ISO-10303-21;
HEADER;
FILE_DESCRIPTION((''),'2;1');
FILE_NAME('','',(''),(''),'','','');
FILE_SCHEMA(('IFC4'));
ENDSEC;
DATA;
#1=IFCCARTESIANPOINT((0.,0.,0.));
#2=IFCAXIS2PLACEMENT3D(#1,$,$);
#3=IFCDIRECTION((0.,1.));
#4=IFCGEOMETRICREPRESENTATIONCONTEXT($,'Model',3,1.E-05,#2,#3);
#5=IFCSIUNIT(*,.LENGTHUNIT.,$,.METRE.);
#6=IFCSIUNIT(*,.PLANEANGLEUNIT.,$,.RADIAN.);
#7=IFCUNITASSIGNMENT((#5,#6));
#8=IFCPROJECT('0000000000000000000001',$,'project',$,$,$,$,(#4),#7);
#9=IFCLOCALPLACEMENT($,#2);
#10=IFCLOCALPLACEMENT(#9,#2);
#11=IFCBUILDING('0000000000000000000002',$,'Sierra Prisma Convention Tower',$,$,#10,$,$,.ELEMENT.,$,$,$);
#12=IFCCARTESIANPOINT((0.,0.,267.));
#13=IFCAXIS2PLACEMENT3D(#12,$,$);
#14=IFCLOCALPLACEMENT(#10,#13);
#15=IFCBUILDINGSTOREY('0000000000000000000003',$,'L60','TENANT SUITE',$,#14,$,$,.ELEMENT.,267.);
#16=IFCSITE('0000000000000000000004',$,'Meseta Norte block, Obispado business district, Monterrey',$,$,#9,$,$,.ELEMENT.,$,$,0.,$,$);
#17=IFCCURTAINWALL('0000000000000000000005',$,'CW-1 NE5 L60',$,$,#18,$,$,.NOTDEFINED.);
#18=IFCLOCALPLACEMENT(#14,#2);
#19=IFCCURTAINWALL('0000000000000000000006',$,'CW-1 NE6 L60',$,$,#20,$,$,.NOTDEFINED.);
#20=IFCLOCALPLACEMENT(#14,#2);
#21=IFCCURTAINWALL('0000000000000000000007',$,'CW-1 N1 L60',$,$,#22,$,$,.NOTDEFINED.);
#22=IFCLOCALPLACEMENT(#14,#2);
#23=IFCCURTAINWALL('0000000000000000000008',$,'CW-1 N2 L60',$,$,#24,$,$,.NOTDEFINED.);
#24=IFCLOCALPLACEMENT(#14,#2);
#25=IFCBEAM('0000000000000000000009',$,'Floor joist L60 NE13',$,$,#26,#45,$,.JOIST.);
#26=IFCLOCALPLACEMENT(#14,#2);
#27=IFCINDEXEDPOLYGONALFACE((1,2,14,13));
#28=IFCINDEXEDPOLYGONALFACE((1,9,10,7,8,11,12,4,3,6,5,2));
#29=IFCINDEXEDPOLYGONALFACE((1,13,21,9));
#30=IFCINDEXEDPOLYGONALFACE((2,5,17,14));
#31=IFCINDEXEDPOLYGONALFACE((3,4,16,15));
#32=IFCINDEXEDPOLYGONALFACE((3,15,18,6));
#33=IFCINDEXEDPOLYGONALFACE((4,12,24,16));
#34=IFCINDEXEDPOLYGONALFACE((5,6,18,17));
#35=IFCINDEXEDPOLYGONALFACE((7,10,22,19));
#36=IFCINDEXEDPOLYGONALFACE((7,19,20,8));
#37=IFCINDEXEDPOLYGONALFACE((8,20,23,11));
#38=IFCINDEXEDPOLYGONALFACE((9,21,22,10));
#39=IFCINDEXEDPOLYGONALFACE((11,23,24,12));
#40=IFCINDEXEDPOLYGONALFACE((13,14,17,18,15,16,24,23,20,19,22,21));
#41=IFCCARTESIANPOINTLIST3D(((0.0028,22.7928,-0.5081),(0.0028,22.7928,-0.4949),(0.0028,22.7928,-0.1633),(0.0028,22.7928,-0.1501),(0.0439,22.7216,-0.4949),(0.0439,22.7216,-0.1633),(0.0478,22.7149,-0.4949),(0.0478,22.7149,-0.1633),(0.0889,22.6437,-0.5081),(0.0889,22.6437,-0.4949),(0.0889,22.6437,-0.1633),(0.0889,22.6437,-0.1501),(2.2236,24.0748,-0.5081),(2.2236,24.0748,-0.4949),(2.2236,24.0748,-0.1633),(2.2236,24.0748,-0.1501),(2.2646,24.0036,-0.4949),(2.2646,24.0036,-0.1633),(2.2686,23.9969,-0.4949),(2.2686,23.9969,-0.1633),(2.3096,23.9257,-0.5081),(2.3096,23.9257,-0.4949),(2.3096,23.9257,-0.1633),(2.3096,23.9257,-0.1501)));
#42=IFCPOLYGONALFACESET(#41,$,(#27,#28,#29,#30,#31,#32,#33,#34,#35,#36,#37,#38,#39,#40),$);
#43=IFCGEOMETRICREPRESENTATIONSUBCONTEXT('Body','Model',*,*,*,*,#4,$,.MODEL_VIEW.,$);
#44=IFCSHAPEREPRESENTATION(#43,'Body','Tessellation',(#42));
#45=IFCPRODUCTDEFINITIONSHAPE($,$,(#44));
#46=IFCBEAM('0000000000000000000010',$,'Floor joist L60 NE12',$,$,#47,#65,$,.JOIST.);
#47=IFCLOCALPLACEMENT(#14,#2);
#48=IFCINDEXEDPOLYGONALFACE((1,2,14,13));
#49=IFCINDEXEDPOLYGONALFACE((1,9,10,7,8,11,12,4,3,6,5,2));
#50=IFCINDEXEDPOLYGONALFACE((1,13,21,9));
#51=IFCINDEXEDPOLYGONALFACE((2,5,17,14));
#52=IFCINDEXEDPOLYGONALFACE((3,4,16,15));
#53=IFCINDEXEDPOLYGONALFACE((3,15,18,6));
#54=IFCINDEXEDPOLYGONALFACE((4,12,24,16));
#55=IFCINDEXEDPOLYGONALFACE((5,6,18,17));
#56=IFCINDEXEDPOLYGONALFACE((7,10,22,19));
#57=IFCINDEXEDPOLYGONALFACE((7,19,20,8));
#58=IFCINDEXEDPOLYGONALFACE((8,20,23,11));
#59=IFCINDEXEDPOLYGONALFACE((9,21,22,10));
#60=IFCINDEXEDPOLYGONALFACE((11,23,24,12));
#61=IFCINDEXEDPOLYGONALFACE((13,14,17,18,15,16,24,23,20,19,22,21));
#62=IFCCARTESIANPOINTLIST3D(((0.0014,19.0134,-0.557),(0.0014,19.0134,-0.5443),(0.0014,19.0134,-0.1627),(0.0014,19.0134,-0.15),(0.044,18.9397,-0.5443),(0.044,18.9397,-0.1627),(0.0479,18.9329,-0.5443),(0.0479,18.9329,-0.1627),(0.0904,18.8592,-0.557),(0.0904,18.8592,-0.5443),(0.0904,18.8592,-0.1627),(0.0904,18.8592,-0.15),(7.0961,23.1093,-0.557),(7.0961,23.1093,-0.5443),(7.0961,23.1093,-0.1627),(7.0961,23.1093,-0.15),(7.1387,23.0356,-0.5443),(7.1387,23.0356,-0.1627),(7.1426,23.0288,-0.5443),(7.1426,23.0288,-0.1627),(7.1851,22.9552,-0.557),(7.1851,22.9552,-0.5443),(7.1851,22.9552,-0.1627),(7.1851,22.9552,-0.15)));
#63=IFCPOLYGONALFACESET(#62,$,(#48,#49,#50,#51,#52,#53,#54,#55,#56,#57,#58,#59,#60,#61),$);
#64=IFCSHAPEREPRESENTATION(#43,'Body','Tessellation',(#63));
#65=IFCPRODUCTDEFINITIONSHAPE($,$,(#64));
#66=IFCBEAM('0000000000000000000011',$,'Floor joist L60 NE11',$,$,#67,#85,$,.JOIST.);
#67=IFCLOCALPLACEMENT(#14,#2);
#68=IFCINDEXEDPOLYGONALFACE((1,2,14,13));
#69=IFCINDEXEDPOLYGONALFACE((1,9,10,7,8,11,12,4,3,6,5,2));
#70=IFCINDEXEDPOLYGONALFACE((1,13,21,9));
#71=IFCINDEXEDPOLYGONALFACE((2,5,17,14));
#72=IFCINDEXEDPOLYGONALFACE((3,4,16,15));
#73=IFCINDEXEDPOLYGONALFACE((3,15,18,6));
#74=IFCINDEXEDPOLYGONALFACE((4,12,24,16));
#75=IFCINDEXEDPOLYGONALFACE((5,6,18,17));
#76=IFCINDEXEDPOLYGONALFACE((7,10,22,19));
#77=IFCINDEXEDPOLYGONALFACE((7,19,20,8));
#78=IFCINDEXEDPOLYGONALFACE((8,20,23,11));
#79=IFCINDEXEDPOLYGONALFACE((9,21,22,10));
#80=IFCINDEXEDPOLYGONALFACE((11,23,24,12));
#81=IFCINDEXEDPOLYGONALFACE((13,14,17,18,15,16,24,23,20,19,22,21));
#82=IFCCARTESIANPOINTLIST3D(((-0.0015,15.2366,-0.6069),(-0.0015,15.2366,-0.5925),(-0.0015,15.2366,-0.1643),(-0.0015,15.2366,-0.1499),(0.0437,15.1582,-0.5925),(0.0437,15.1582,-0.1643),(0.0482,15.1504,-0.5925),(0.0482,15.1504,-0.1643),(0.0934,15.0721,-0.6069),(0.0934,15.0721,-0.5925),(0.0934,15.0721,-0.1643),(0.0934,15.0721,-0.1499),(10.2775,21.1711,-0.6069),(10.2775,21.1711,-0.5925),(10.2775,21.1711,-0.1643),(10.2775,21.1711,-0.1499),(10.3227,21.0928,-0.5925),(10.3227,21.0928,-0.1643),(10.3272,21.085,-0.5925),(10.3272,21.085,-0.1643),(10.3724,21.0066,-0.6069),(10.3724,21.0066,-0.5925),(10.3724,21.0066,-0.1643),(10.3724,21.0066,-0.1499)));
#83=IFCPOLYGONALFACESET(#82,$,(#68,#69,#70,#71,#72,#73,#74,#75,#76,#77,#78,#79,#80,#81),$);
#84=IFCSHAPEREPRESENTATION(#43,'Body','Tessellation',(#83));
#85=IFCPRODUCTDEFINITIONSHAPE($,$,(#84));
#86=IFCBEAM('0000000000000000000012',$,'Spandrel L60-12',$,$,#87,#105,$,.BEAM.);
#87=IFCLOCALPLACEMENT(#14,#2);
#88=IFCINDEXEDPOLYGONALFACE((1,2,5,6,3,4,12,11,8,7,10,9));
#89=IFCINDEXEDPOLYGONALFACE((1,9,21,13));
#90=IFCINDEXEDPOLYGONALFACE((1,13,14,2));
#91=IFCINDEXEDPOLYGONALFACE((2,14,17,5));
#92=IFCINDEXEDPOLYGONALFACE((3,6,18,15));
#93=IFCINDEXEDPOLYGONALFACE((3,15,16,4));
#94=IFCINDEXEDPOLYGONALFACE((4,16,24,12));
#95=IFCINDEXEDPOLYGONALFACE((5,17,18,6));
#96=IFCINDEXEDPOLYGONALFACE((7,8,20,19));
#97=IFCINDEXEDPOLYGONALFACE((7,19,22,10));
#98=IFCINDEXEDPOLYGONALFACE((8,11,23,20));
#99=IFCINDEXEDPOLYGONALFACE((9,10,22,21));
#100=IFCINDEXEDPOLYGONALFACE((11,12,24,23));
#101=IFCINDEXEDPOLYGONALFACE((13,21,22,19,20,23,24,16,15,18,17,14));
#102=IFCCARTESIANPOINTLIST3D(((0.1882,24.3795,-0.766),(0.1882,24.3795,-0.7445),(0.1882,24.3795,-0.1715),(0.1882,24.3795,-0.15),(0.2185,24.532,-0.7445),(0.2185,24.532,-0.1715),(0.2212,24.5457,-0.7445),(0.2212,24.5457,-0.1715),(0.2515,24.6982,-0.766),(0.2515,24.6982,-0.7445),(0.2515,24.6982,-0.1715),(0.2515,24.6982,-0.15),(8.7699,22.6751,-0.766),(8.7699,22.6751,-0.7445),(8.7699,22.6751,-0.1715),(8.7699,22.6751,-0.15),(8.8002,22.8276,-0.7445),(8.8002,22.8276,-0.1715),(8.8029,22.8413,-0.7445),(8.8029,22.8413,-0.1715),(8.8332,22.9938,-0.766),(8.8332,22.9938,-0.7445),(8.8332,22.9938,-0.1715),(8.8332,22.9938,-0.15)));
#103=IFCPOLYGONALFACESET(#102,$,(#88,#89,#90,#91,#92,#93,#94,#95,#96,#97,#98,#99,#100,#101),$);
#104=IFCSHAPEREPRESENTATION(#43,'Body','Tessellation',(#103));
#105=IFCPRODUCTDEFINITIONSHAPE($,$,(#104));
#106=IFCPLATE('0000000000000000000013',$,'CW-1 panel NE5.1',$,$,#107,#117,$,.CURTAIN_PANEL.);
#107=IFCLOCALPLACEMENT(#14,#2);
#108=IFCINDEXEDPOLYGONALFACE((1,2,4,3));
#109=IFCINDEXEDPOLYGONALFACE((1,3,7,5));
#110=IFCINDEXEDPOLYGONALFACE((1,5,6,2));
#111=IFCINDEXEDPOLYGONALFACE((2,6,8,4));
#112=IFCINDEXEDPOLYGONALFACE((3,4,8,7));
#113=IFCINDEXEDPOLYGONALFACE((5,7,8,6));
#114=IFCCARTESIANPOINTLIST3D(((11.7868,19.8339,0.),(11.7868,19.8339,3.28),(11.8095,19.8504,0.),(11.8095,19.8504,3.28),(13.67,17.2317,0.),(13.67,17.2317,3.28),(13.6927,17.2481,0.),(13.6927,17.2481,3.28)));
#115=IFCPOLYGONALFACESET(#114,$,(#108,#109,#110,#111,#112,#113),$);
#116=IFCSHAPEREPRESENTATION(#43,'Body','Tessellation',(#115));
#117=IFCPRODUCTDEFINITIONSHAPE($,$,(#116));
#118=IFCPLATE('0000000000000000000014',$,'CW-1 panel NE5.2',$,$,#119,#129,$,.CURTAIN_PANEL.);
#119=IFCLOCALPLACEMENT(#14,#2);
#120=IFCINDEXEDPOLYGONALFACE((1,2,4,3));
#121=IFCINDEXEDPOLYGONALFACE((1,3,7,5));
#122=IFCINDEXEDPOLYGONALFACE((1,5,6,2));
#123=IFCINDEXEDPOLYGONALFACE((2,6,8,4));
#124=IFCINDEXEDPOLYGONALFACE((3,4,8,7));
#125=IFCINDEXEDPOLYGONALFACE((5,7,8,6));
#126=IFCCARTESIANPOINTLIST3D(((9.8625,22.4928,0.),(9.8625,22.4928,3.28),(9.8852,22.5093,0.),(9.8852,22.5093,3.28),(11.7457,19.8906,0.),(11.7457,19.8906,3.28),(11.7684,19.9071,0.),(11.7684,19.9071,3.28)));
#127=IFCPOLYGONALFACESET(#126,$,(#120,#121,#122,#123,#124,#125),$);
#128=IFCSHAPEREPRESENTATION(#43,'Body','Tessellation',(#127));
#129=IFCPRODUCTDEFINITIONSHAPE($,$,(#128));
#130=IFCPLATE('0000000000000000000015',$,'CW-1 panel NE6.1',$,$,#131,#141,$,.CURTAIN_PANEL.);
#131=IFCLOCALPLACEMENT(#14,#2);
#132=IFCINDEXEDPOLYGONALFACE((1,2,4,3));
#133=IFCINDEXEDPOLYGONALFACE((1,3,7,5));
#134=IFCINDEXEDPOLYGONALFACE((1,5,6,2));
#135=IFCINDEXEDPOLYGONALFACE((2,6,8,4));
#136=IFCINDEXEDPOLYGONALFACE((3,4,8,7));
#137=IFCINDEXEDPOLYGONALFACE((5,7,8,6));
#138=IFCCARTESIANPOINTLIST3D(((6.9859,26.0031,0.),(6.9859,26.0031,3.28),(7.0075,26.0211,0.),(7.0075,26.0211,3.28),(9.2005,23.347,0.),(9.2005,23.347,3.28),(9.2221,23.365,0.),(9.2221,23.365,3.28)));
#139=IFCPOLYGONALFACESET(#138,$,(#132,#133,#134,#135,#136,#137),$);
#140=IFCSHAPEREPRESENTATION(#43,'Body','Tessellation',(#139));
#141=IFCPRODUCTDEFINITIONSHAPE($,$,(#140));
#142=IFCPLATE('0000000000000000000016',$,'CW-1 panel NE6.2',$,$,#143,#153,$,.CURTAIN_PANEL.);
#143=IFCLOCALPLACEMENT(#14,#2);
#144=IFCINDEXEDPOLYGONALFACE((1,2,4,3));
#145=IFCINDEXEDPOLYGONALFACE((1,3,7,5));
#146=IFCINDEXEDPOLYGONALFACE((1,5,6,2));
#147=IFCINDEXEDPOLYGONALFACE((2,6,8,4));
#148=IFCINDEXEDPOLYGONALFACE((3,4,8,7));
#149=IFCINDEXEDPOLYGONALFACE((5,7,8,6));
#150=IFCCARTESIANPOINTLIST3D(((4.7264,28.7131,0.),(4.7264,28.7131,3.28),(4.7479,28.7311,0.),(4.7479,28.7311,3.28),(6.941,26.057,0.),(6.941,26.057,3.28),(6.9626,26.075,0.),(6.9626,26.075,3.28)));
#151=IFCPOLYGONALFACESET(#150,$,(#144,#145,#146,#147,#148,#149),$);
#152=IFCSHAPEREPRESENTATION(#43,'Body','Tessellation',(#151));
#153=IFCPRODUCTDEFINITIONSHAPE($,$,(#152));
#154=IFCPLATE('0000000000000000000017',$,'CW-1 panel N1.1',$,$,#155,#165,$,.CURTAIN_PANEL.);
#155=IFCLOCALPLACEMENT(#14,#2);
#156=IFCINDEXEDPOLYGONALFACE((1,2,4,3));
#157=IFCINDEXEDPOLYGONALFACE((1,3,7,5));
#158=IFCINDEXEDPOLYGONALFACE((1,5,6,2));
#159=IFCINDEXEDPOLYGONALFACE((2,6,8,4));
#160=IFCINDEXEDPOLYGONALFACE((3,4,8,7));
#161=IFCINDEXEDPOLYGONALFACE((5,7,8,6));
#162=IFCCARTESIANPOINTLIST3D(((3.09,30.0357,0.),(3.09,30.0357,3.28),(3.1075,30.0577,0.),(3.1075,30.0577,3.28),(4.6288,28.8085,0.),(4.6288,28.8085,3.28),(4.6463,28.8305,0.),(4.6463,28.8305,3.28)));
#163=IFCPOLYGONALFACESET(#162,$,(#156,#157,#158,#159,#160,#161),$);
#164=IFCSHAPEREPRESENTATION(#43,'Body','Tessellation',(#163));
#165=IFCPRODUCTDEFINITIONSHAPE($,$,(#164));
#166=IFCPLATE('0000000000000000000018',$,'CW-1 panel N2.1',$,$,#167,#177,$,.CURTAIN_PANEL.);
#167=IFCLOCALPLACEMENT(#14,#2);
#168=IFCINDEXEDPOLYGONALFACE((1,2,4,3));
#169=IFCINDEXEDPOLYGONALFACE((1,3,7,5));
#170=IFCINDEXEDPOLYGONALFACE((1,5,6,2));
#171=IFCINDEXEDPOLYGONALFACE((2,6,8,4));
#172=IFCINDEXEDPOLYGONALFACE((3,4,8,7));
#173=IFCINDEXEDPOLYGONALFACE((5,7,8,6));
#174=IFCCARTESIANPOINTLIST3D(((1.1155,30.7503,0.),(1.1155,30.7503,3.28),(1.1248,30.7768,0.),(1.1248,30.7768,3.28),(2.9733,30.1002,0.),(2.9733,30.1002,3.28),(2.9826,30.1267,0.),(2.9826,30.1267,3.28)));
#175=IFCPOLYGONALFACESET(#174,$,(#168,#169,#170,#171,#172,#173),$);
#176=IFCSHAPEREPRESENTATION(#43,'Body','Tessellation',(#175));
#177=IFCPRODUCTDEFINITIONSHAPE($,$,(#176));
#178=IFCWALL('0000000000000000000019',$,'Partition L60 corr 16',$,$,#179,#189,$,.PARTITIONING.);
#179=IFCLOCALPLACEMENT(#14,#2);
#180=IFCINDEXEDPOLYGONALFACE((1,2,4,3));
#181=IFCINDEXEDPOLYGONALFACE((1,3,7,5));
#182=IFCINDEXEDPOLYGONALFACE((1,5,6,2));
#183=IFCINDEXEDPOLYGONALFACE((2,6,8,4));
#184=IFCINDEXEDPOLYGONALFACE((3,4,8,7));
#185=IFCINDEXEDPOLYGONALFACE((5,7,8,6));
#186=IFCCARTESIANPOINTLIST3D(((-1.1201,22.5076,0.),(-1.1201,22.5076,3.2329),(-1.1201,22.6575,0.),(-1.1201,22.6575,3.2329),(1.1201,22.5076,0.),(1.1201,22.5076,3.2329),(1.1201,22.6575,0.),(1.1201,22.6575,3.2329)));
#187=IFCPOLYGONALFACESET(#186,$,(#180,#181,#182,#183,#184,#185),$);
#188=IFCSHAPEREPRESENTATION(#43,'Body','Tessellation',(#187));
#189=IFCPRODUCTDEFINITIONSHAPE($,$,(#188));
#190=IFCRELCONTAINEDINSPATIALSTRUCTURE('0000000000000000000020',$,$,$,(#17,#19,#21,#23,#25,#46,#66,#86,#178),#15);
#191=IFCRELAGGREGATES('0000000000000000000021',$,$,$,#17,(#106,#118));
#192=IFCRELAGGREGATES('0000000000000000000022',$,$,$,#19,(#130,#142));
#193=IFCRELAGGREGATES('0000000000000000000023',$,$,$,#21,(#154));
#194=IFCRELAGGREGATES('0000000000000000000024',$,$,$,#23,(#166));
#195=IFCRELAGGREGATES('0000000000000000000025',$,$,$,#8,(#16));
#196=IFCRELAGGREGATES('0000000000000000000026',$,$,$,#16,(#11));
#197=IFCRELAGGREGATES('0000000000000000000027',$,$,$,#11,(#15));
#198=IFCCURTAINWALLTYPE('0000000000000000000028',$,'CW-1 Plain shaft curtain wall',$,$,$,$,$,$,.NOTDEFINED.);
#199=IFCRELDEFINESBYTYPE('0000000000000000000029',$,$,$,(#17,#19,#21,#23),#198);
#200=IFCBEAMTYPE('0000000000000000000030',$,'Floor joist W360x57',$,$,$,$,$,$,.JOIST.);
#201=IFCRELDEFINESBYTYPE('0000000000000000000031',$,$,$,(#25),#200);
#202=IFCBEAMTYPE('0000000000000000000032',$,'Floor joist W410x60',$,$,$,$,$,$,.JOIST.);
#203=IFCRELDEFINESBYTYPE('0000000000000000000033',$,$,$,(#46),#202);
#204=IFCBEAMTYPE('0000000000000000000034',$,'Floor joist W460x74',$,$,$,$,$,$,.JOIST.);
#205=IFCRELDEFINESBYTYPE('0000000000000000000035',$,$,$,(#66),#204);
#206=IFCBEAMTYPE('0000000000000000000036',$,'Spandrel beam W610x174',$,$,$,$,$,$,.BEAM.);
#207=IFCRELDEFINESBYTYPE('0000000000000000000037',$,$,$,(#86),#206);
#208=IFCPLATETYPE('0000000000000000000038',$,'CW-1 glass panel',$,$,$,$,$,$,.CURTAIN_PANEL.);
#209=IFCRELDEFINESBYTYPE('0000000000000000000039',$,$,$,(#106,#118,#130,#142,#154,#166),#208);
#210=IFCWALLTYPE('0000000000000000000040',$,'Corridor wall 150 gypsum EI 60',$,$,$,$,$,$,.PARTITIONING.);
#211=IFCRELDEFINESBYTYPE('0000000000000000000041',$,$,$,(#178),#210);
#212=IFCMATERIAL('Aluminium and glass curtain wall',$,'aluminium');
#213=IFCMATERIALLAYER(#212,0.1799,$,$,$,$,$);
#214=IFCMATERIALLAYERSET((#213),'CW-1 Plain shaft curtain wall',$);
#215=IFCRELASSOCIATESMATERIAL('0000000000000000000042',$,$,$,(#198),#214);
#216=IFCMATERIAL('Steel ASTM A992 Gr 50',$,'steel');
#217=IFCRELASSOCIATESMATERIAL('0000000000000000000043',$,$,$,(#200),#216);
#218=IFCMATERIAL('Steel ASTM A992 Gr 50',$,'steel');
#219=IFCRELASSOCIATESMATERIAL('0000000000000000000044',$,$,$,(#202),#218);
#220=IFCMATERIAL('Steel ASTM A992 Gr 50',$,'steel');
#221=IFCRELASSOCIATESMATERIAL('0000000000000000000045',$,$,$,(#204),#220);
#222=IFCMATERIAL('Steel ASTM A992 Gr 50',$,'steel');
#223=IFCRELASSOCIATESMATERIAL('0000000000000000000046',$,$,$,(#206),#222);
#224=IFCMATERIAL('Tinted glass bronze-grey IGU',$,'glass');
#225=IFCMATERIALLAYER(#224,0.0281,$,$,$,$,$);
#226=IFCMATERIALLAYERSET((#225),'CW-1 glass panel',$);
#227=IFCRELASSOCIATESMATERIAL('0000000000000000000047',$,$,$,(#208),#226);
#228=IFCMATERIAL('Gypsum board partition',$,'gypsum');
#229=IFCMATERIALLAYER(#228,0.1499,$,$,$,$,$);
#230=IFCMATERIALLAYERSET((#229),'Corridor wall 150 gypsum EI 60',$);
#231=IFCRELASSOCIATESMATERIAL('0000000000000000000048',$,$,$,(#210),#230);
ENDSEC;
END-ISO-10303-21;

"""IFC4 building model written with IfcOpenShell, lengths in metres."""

from ifc_helpers import new_model, si_unit, direction, frame, frame_2d, origin, origin_2d, place, context, subcontext, project, spatial, rectangle, i_section, extrude, material, layer, layer_set, material_profile, profile_set, type_object, element, aggregate, save


model = new_model("IFC4")

# Units and contexts
model_context = context("Model", 3, precision=1e-05, world=origin(), true_north=direction((0.0, 1.0)))
body_context = subcontext(model_context, "Body", "Model", "MODEL_VIEW")
ifc_project = project(units=[si_unit("LENGTHUNIT", "METRE"), si_unit("PLANEANGLEUNIT", "RADIAN")], contexts=[model_context])

# Site, building, storey
site_placement = place(None, origin())
site = spatial("IfcSite", under=ifc_project, at=site_placement, Name="Meseta Norte block, Obispado business district, Monterrey", CompositionType="ELEMENT", RefElevation=0.0)
building_placement = place(site_placement, origin())
building = spatial("IfcBuilding", under=site, at=building_placement, Name="Sierra Prisma Convention Tower", CompositionType="ELEMENT")
storey_placement = place(building_placement, frame((0.0, 0.0, 267.0)))
storey = spatial("IfcBuildingStorey", under=building, at=storey_placement, Name="L60", Description="TENANT SUITE", CompositionType="ELEMENT", Elevation=267.0)

# Curtain wall
ifc_material_1 = material(Name="Aluminium and glass curtain wall", Category="aluminium")
ifc_layer_1 = layer(ifc_material_1, 0.1799)
ifc_layer_set_1 = layer_set([ifc_layer_1], Name="CW-1 Plain shaft curtain wall")
curtain_wall_type = type_object("IfcCurtainWallType", Name="CW-1 Plain shaft curtain wall", PredefinedType="NOTDEFINED", material=ifc_layer_set_1)
curtain_wall_1_placement = place(storey_placement, origin())
curtain_wall_1 = element("IfcCurtainWall", 1, at=curtain_wall_1_placement, inside=storey, type_object=curtain_wall_type, Name="CW-1 NE5 L60", PredefinedType="NOTDEFINED")

# Curtain walls
curtain_wall_2_placement = place(storey_placement, origin())
curtain_wall_2 = element("IfcCurtainWall", 2, at=curtain_wall_2_placement, inside=storey, type_object=curtain_wall_type, Name="CW-1 NE6 L60", PredefinedType="NOTDEFINED")
curtain_wall_3_placement = place(storey_placement, origin())
curtain_wall_3 = element("IfcCurtainWall", 3, at=curtain_wall_3_placement, inside=storey, type_object=curtain_wall_type, Name="CW-1 N1 L60", PredefinedType="NOTDEFINED")
curtain_wall_4_placement = place(storey_placement, origin())
curtain_wall_4 = element("IfcCurtainWall", 4, at=curtain_wall_4_placement, inside=storey, type_object=curtain_wall_type, Name="CW-1 N2 L60", PredefinedType="NOTDEFINED")

# Beams
ifc_material_2 = material(Name="Steel ASTM A992 Gr 50", Category="steel")
ifc_material_profile_1 = material_profile(ifc_material_2, i_section(OverallWidth=0.1721, OverallDepth=0.3579, WebThickness=0.0078, FlangeThickness=0.0132, at=origin_2d()), Name="W360x57")
ifc_profile_set_1 = profile_set([ifc_material_profile_1], Name="Steel ASTM A992 Gr 50")
beam_type_1 = type_object("IfcBeamType", Name="Floor joist W360x57", PredefinedType="JOIST", material=ifc_profile_set_1)
beam_1_placement = place(storey_placement, frame((2.2666, 24.0002, -0.3291), z_axis=(-0.866049, -0.499959, 0.0), x_axis=(0.499959, -0.866049, 0.0)))
element("IfcBeam", 5, at=beam_1_placement, inside=storey, type_object=beam_type_1, Name="Floor joist L60 NE13", PredefinedType="JOIST", context=body_context, shape_type="SweptSolid", body=[
    extrude(i_section(OverallWidth=0.1721, OverallDepth=0.3579, WebThickness=0.0078, FlangeThickness=0.0132, at=origin_2d()), origin(), (0.0, 0.0, 1.0), 2.5642),
])
ifc_material_3 = material(Name="Steel ASTM A992 Gr 50", Category="steel")
ifc_material_profile_2 = material_profile(ifc_material_3, i_section(OverallWidth=0.178, OverallDepth=0.407, WebThickness=0.0078, FlangeThickness=0.0127, at=origin_2d()), Name="W410x60")
ifc_profile_set_2 = profile_set([ifc_material_profile_2], Name="Steel ASTM A992 Gr 50")
beam_type_2 = type_object("IfcBeamType", Name="Floor joist W410x60", PredefinedType="JOIST", material=ifc_profile_set_2)
beam_2_placement = place(storey_placement, frame((7.1406, 23.0322, -0.3535), z_axis=(-0.866036, -0.499982, 0.0), x_axis=(0.499982, -0.866036, 0.0)))
element("IfcBeam", 6, at=beam_2_placement, inside=storey, type_object=beam_type_2, Name="Floor joist L60 NE12", PredefinedType="JOIST", context=body_context, shape_type="SweptSolid", body=[
    extrude(i_section(OverallWidth=0.178, OverallDepth=0.407, WebThickness=0.0078, FlangeThickness=0.0127, at=origin_2d()), origin(), (0.0, 0.0, 1.0), 8.1921),
])
ifc_material_4 = material(Name="Steel ASTM A992 Gr 50", Category="steel")
ifc_material_profile_3 = material_profile(ifc_material_4, i_section(OverallWidth=0.1899, OverallDepth=0.457, WebThickness=0.009, FlangeThickness=0.0144, at=origin_2d()), Name="W460x74")
ifc_profile_set_3 = profile_set([ifc_material_profile_3], Name="Steel ASTM A992 Gr 50")
beam_type_3 = type_object("IfcBeamType", Name="Floor joist W460x74", PredefinedType="JOIST", material=ifc_profile_set_3)
beam_3_placement = place(storey_placement, frame((10.325, 21.0889, -0.3784), z_axis=(-0.866027, -0.499997, 0.0), x_axis=(0.499997, -0.866027, 0.0)))
element("IfcBeam", 7, at=beam_3_placement, inside=storey, type_object=beam_type_3, Name="Floor joist L60 NE11", PredefinedType="JOIST", context=body_context, shape_type="SweptSolid", body=[
    extrude(i_section(OverallWidth=0.1899, OverallDepth=0.457, WebThickness=0.009, FlangeThickness=0.0144, at=origin_2d()), origin(), (0.0, 0.0, 1.0), 11.8691),
])
ifc_material_5 = material(Name="Steel ASTM A992 Gr 50", Category="steel")
ifc_material_profile_4 = material_profile(ifc_material_5, i_section(OverallWidth=0.325, OverallDepth=0.616, WebThickness=0.0139, FlangeThickness=0.0215, at=origin_2d()), Name="W610x174")
ifc_profile_set_4 = profile_set([ifc_material_profile_4], Name="Steel ASTM A992 Gr 50")
beam_type_4 = type_object("IfcBeamType", Name="Spandrel beam W610x174", PredefinedType="BEAM", material=ifc_profile_set_4)
beam_4_placement = place(storey_placement, frame((8.8015, 22.8345, -0.458), z_axis=(-0.980843, 0.194801, 0.0), x_axis=(-0.194801, -0.980843, 0.0)))
element("IfcBeam", 8, at=beam_4_placement, inside=storey, type_object=beam_type_4, Name="Spandrel L60-12", PredefinedType="BEAM", context=body_context, shape_type="SweptSolid", body=[
    extrude(i_section(OverallWidth=0.325, OverallDepth=0.616, WebThickness=0.0139, FlangeThickness=0.0215, at=origin_2d()), origin(), (0.0, 0.0, 1.0), 8.7493),
])

# Plates
ifc_material_6 = material(Name="Tinted glass bronze-grey IGU", Category="glass")
ifc_layer_2 = layer(ifc_material_6, 0.0281)
ifc_layer_set_2 = layer_set([ifc_layer_2], Name="CW-1 glass panel")
plate_type = type_object("IfcPlateType", Name="CW-1 glass panel", PredefinedType="CURTAIN_PANEL", material=ifc_layer_set_2)
plate_1_placement = place(storey_placement, frame((12.7397, 18.541, 0.0), z_axis=(0.0, 0.0, 1.0), x_axis=(-0.586269, 0.810117, 0.0)))
plate_1 = element("IfcPlate", 9, at=plate_1_placement, type_object=plate_type, Name="CW-1 panel NE5.1", PredefinedType="CURTAIN_PANEL", context=body_context, shape_type="SweptSolid", body=[
    extrude(rectangle(XDim=3.2122, YDim=0.0281, at=origin_2d()), origin(), (0.0, 0.0, 1.0), 3.28),
])
plate_2_placement = place(storey_placement, frame((10.8154, 21.2, 0.0), z_axis=(0.0, 0.0, 1.0), x_axis=(-0.586269, 0.810117, 0.0)))
plate_2 = element("IfcPlate", 10, at=plate_2_placement, type_object=plate_type, Name="CW-1 panel NE5.2", PredefinedType="CURTAIN_PANEL", context=body_context, shape_type="SweptSolid", body=[
    extrude(rectangle(XDim=3.2122, YDim=0.0281, at=origin_2d()), origin(), (0.0, 0.0, 1.0), 3.28),
])
aggregate(curtain_wall_1, [plate_1, plate_2])
plate_3_placement = place(storey_placement, frame((8.104, 24.6841, 0.0), z_axis=(0.0, 0.0, 1.0), x_axis=(-0.640393, 0.768048, 0.0)))
plate_3 = element("IfcPlate", 11, at=plate_3_placement, type_object=plate_type, Name="CW-1 panel NE6.1", PredefinedType="CURTAIN_PANEL", context=body_context, shape_type="SweptSolid", body=[
    extrude(rectangle(XDim=3.4583, YDim=0.0281, at=origin_2d()), origin(), (0.0, 0.0, 1.0), 3.28),
])
plate_4_placement = place(storey_placement, frame((5.8445, 27.394, 0.0), z_axis=(0.0, 0.0, 1.0), x_axis=(-0.640393, 0.768048, 0.0)))
plate_4 = element("IfcPlate", 12, at=plate_4_placement, type_object=plate_type, Name="CW-1 panel NE6.2", PredefinedType="CURTAIN_PANEL", context=body_context, shape_type="SweptSolid", body=[
    extrude(rectangle(XDim=3.4583, YDim=0.0281, at=origin_2d()), origin(), (0.0, 0.0, 1.0), 3.28),
])
aggregate(curtain_wall_2, [plate_3, plate_4])
plate_5_placement = place(storey_placement, frame((3.8682, 29.4331, 0.0), z_axis=(0.0, 0.0, 1.0), x_axis=(-0.781828, 0.623494, 0.0)))
plate_5 = element("IfcPlate", 13, at=plate_5_placement, type_object=plate_type, Name="CW-1 panel N1.1", PredefinedType="CURTAIN_PANEL", context=body_context, shape_type="SweptSolid", body=[
    extrude(rectangle(XDim=1.9683, YDim=0.0281, at=origin_2d()), origin(), (0.0, 0.0, 1.0), 3.28),
])
aggregate(curtain_wall_3, [plate_5])
plate_6_placement = place(storey_placement, frame((2.0491, 30.4385, 0.0), z_axis=(0.0, 0.0, 1.0), x_axis=(-0.943882, 0.330282, 0.0)))
plate_6 = element("IfcPlate", 14, at=plate_6_placement, type_object=plate_type, Name="CW-1 panel N2.1", PredefinedType="CURTAIN_PANEL", context=body_context, shape_type="SweptSolid", body=[
    extrude(rectangle(XDim=1.9683, YDim=0.0281, at=origin_2d()), origin(), (0.0, 0.0, 1.0), 3.28),
])
aggregate(curtain_wall_4, [plate_6])

# Wall
ifc_material_7 = material(Name="Gypsum board partition", Category="gypsum")
ifc_layer_3 = layer(ifc_material_7, 0.1499)
ifc_layer_set_3 = layer_set([ifc_layer_3], Name="Corridor wall 150 gypsum EI 60")
wall_type = type_object("IfcWallType", Name="Corridor wall 150 gypsum EI 60", PredefinedType="PARTITIONING", material=ifc_layer_set_3)
wall_placement = place(storey_placement, frame((1.1201, 22.5825, 0.0), z_axis=(0.0, 0.0, 1.0), x_axis=(-1.0, 0.0, 0.0)))
element("IfcWall", 15, at=wall_placement, inside=storey, type_object=wall_type, Name="Partition L60 corr 16", PredefinedType="PARTITIONING", context=body_context, shape_type="SweptSolid", body=[
    extrude(rectangle(XDim=2.2402, YDim=0.1499, at=frame_2d((1.1201, 0.0))), origin(), (0.0, 0.0, 1.0), 3.2329),
])

save(model, "model.ifc")
